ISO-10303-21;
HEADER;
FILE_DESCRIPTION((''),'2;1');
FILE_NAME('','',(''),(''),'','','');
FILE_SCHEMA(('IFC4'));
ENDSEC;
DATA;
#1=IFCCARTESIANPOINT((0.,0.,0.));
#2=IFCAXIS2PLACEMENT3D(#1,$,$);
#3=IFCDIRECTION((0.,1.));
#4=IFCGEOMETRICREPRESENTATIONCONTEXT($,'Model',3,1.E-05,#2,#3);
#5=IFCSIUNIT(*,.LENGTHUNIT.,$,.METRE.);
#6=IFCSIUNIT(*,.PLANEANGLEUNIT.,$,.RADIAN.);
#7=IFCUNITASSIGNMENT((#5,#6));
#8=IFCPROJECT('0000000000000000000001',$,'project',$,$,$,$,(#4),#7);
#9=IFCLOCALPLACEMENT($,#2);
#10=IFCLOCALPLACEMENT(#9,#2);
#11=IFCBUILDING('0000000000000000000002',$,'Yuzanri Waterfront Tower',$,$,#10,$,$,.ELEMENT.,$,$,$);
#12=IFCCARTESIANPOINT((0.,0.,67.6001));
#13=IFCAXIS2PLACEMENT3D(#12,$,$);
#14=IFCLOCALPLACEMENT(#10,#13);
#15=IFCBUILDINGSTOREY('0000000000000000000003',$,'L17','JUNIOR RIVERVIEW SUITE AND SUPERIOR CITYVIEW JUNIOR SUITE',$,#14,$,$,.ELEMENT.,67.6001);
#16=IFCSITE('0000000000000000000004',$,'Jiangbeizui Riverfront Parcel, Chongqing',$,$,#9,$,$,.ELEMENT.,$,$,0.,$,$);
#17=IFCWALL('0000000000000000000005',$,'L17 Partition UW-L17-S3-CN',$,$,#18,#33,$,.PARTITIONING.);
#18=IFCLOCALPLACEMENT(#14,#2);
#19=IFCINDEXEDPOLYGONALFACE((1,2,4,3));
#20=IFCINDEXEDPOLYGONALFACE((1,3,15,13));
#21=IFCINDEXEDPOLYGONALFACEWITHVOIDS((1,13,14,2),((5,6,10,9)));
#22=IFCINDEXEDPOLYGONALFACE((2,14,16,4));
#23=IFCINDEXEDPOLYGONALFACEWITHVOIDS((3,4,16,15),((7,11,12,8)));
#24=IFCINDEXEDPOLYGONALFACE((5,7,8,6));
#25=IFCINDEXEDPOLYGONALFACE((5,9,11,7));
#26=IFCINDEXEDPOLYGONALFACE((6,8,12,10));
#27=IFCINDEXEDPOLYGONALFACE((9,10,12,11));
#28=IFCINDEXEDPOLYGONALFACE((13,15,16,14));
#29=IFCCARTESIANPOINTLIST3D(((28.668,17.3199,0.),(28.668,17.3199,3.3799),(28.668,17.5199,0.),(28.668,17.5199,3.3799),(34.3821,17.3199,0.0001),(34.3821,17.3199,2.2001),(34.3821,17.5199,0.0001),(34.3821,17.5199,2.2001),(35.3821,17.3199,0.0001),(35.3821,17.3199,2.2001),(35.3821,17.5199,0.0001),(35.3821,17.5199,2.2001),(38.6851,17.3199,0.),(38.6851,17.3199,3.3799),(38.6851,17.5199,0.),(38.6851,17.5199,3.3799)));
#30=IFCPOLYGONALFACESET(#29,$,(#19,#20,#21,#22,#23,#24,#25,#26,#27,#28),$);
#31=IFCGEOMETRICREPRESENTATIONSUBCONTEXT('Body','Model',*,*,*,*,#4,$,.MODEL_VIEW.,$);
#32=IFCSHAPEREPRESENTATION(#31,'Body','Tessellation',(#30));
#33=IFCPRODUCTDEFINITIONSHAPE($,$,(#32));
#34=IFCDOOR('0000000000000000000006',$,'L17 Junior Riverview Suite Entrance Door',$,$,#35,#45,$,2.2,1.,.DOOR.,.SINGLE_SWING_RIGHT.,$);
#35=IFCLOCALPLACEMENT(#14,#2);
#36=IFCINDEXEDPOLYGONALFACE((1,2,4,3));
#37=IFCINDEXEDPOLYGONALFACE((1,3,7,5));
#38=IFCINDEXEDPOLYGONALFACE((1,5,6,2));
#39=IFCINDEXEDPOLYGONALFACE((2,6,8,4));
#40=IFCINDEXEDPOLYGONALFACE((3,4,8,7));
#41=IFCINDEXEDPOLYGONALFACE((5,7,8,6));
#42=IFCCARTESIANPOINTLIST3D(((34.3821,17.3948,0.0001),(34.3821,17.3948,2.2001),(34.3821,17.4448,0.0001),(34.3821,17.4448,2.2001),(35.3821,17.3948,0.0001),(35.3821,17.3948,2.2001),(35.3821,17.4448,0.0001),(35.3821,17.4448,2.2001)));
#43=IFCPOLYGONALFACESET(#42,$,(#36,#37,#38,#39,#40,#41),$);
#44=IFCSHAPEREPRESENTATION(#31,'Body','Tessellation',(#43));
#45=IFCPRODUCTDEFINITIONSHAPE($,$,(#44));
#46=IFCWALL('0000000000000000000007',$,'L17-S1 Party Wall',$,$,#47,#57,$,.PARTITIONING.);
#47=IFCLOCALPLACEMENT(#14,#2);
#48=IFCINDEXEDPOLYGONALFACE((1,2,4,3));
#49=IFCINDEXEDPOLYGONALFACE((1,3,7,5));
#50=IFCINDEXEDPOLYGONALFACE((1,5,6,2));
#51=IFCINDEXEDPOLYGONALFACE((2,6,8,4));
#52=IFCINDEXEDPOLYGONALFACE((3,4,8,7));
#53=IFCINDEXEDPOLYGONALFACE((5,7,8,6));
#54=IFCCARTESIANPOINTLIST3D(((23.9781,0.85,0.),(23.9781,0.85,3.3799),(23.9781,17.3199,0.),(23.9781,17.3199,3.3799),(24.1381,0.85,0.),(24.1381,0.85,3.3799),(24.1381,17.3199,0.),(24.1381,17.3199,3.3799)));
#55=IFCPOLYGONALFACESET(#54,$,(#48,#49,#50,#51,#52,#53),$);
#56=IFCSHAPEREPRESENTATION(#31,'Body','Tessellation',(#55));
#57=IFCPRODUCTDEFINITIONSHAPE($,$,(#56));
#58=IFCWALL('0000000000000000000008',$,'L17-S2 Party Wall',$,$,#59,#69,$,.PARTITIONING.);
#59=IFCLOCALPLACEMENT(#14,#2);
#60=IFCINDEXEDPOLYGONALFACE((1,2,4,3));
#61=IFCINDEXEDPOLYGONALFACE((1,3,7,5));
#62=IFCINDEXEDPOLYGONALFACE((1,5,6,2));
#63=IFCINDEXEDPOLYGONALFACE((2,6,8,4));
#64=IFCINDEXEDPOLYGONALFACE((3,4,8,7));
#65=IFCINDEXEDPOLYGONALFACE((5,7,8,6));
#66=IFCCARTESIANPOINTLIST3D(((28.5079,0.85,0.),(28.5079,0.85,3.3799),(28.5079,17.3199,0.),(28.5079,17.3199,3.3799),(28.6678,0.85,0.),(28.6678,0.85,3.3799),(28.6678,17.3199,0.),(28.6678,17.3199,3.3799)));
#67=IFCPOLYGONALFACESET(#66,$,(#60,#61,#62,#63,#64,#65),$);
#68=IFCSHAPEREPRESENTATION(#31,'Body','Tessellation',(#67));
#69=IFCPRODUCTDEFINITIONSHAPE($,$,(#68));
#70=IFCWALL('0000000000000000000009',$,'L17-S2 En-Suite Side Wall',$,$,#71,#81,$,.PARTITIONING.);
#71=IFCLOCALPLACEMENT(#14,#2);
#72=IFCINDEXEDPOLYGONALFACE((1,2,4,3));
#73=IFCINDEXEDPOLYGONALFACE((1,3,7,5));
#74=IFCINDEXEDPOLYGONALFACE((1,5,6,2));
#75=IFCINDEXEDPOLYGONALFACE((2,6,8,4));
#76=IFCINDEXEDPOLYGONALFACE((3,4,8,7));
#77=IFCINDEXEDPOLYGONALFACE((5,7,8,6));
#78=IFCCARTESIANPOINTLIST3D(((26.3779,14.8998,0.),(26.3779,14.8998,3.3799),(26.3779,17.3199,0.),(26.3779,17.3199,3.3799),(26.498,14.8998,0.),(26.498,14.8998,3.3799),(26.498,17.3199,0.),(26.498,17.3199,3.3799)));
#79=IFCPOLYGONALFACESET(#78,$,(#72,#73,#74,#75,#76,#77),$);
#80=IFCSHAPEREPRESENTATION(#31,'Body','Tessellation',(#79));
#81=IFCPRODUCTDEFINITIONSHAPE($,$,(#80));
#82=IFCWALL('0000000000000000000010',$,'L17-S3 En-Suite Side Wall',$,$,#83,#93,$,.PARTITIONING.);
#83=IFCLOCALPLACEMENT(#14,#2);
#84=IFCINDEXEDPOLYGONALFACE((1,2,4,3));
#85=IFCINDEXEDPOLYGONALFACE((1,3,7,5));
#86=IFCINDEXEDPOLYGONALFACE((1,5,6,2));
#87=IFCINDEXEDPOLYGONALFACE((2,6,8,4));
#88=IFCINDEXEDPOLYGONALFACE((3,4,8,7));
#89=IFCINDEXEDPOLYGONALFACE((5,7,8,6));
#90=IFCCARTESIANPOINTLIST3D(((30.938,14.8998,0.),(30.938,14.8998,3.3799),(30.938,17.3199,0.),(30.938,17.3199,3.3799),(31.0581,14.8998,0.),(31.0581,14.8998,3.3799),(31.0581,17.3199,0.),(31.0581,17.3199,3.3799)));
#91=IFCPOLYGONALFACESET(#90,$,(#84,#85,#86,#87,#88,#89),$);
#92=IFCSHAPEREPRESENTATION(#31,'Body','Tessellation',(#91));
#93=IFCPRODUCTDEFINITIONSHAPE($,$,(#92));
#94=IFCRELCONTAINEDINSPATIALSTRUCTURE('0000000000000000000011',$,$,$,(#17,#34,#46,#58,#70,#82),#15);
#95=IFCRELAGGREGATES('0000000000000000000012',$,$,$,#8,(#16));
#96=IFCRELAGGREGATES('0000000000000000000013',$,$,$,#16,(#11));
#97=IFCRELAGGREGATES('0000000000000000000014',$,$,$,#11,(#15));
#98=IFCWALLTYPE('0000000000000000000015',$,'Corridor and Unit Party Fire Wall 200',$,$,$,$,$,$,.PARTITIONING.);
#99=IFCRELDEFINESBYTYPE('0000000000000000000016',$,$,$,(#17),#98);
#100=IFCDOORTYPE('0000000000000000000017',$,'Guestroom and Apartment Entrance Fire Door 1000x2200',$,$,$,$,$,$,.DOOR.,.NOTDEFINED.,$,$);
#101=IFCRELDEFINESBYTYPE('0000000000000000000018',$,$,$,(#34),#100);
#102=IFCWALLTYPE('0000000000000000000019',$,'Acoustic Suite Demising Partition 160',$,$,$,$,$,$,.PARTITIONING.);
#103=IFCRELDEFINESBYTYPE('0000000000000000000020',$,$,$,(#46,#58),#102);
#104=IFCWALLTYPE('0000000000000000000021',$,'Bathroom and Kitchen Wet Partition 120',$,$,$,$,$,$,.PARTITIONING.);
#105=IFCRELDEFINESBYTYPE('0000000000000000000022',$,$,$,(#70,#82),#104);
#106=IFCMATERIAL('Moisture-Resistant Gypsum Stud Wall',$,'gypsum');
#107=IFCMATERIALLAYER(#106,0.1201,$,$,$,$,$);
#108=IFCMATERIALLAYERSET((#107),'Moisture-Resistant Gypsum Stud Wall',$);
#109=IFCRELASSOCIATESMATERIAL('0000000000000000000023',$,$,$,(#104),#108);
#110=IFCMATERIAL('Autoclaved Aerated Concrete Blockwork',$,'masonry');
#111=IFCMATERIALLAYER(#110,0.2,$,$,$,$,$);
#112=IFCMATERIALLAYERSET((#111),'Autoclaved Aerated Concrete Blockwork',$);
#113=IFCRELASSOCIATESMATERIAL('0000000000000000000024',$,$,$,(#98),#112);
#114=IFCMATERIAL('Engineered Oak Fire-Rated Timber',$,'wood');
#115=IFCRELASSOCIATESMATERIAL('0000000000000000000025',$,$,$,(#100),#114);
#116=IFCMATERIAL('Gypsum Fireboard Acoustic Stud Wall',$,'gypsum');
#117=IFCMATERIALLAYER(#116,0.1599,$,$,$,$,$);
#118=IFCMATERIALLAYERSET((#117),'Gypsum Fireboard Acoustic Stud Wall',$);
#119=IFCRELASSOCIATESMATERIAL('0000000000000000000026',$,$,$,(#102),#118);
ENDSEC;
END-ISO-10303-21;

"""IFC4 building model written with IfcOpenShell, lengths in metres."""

from ifc_helpers import new_model, si_unit, direction, frame, frame_2d, origin, place, context, subcontext, project, spatial, rectangle, extrude, source, transform, mapped, material, layer, layer_set, type_object, element, fill, save


model = new_model("IFC4")

# Units and contexts
model_context = context("Model", 3, precision=1e-05, world=origin(), true_north=direction((0.0, 1.0)))
body_context = subcontext(model_context, "Body", "Model", "MODEL_VIEW")
ifc_project = project(units=[si_unit("LENGTHUNIT", "METRE"), si_unit("PLANEANGLEUNIT", "RADIAN")], contexts=[model_context])

# Site, building, storey
site_placement = place(None, origin())
site = spatial("IfcSite", under=ifc_project, at=site_placement, Name="Jiangbeizui Riverfront Parcel, Chongqing", CompositionType="ELEMENT", RefElevation=0.0)
building_placement = place(site_placement, origin())
building = spatial("IfcBuilding", under=site, at=building_placement, Name="Yuzanri Waterfront Tower", CompositionType="ELEMENT")
storey_placement = place(building_placement, frame((0.0, 0.0, 67.6001)))
storey = spatial("IfcBuildingStorey", under=building, at=storey_placement, Name="L17", Description="JUNIOR RIVERVIEW SUITE AND SUPERIOR CITYVIEW JUNIOR SUITE", CompositionType="ELEMENT", Elevation=67.6001)

# Wall, opening, door
ifc_material_1 = material(Name="Moisture-Resistant Gypsum Stud Wall", Category="gypsum")
ifc_layer_1 = layer(ifc_material_1, 0.1201)
ifc_layer_set_1 = layer_set([ifc_layer_1], Name="Moisture-Resistant Gypsum Stud Wall")
wall_type_1 = type_object("IfcWallType", Name="Bathroom and Kitchen Wet Partition 120", PredefinedType="PARTITIONING", material=ifc_layer_set_1)
ifc_material_2 = material(Name="Autoclaved Aerated Concrete Blockwork", Category="masonry")
ifc_layer_2 = layer(ifc_material_2, 0.2)
ifc_layer_set_2 = layer_set([ifc_layer_2], Name="Autoclaved Aerated Concrete Blockwork")
wall_type_2 = type_object("IfcWallType", Name="Corridor and Unit Party Fire Wall 200", PredefinedType="PARTITIONING", material=ifc_layer_set_2)
ifc_material_3 = material(Name="Engineered Oak Fire-Rated Timber", Category="wood")
door_type_1 = type_object("IfcDoorType", Name="Guestroom and Apartment Entrance Fire Door 1000x2200", OperationType="NOTDEFINED", PredefinedType="DOOR", material=ifc_material_3)
shared_shape_1 = source(origin(), body_context, "Body", "SweptSolid", [
    extrude(rectangle(XDim=1.0, YDim=2.2, at=frame_2d((0.5, 1.1001))), frame((0.0, 0.0249, 0.0), z_axis=(0.0, -1.0, 0.0), x_axis=(1.0, 0.0, 0.0)), (0.0, 0.0, 1.0), 0.05),
])
wall_1_placement = place(storey_placement, frame((28.668, 17.4199, 0.0), z_axis=(0.0, 0.0, 1.0), x_axis=(1.0, 0.0, 0.0)))
wall_1 = element("IfcWall", 1, at=wall_1_placement, inside=storey, type_object=wall_type_2, Name="L17 Partition UW-L17-S3-CN", PredefinedType="PARTITIONING", context=body_context, shape_type="SweptSolid", body=[
    extrude(rectangle(XDim=10.0171, YDim=0.2, at=frame_2d((5.0085, 0.0))), origin(), (0.0, 0.0, 1.0), 3.3799),
])
opening_1_placement = place(wall_1_placement, frame((5.7141, 0.0, 0.0)))
opening_1 = element("IfcOpeningElement", 2, at=opening_1_placement, cuts=wall_1, PredefinedType="OPENING", context=body_context, shape_type="SweptSolid", body=[
    extrude(rectangle(XDim=1.0, YDim=2.2, at=frame_2d((0.5, 1.1001))), frame((0.0, 0.1147, 0.0), z_axis=(0.0, -1.0, 0.0), x_axis=(1.0, 0.0, 0.0)), (0.0, 0.0, 1.0), 0.2297),
])
door_1_placement = place(opening_1_placement, origin())
door_1 = element("IfcDoor", 3, at=door_1_placement, inside=storey, type_object=door_type_1, Name="L17 Junior Riverview Suite Entrance Door", OperationType="SINGLE_SWING_RIGHT", OverallHeight=2.2, OverallWidth=1.0, PredefinedType="DOOR", context=body_context, shape_type="MappedRepresentation", body=[
    mapped(shared_shape_1, transform((0.0, 0.0, 0.0), scale=1.0)),
])
fill(opening_1, door_1)

# Walls
ifc_material_4 = material(Name="Gypsum Fireboard Acoustic Stud Wall", Category="gypsum")
ifc_layer_3 = layer(ifc_material_4, 0.1599)
ifc_layer_set_3 = layer_set([ifc_layer_3], Name="Gypsum Fireboard Acoustic Stud Wall")
wall_type_3 = type_object("IfcWallType", Name="Acoustic Suite Demising Partition 160", PredefinedType="PARTITIONING", material=ifc_layer_set_3)
shared_shape_2 = source(origin(), body_context, "Body", "SweptSolid", [
    extrude(rectangle(XDim=16.47, YDim=0.1599, at=frame_2d((8.2349, 0.0))), origin(), (0.0, 0.0, 1.0), 3.3799),
])
for number, where, z_axis, x_axis, name in (
    (4, (24.0581, 0.8501, 0.0), (0.0, 0.0, 1.0), (0.0, 1.0, 0.0), "L17-S1 Party Wall"),
    (5, (28.5879, 0.8501, 0.0), (0.0, 0.0, 1.0), (0.0, 1.0, 0.0), "L17-S2 Party Wall"),
):
    element("IfcWall", number, at=place(storey_placement, frame(where, z_axis=z_axis, x_axis=x_axis)), inside=storey, type_object=wall_type_3, Name=name, PredefinedType="PARTITIONING", context=body_context, shape_type="MappedRepresentation", body=[
        mapped(shared_shape_2, transform((0.0, 0.0, 0.0), scale=1.0)),
    ])
shared_shape_3 = source(origin(), body_context, "Body", "SweptSolid", [
    extrude(rectangle(XDim=2.4202, YDim=0.1201, at=frame_2d((1.21, 0.0))), origin(), (0.0, 0.0, 1.0), 3.3799),
])
for number, where, z_axis, x_axis, name in (
    (6, (26.438, 14.8999, 0.0), (0.0, 0.0, 1.0), (0.0, 1.0, 0.0), "L17-S2 En-Suite Side Wall"),
    (7, (30.998, 14.8999, 0.0), (0.0, 0.0, 1.0), (0.0, 1.0, 0.0), "L17-S3 En-Suite Side Wall"),
):
    element("IfcWall", number, at=place(storey_placement, frame(where, z_axis=z_axis, x_axis=x_axis)), inside=storey, type_object=wall_type_1, Name=name, PredefinedType="PARTITIONING", context=body_context, shape_type="MappedRepresentation", body=[
        mapped(shared_shape_3, transform((0.0, 0.0, 0.0), scale=1.0)),
    ])

save(model, "model.ifc")
